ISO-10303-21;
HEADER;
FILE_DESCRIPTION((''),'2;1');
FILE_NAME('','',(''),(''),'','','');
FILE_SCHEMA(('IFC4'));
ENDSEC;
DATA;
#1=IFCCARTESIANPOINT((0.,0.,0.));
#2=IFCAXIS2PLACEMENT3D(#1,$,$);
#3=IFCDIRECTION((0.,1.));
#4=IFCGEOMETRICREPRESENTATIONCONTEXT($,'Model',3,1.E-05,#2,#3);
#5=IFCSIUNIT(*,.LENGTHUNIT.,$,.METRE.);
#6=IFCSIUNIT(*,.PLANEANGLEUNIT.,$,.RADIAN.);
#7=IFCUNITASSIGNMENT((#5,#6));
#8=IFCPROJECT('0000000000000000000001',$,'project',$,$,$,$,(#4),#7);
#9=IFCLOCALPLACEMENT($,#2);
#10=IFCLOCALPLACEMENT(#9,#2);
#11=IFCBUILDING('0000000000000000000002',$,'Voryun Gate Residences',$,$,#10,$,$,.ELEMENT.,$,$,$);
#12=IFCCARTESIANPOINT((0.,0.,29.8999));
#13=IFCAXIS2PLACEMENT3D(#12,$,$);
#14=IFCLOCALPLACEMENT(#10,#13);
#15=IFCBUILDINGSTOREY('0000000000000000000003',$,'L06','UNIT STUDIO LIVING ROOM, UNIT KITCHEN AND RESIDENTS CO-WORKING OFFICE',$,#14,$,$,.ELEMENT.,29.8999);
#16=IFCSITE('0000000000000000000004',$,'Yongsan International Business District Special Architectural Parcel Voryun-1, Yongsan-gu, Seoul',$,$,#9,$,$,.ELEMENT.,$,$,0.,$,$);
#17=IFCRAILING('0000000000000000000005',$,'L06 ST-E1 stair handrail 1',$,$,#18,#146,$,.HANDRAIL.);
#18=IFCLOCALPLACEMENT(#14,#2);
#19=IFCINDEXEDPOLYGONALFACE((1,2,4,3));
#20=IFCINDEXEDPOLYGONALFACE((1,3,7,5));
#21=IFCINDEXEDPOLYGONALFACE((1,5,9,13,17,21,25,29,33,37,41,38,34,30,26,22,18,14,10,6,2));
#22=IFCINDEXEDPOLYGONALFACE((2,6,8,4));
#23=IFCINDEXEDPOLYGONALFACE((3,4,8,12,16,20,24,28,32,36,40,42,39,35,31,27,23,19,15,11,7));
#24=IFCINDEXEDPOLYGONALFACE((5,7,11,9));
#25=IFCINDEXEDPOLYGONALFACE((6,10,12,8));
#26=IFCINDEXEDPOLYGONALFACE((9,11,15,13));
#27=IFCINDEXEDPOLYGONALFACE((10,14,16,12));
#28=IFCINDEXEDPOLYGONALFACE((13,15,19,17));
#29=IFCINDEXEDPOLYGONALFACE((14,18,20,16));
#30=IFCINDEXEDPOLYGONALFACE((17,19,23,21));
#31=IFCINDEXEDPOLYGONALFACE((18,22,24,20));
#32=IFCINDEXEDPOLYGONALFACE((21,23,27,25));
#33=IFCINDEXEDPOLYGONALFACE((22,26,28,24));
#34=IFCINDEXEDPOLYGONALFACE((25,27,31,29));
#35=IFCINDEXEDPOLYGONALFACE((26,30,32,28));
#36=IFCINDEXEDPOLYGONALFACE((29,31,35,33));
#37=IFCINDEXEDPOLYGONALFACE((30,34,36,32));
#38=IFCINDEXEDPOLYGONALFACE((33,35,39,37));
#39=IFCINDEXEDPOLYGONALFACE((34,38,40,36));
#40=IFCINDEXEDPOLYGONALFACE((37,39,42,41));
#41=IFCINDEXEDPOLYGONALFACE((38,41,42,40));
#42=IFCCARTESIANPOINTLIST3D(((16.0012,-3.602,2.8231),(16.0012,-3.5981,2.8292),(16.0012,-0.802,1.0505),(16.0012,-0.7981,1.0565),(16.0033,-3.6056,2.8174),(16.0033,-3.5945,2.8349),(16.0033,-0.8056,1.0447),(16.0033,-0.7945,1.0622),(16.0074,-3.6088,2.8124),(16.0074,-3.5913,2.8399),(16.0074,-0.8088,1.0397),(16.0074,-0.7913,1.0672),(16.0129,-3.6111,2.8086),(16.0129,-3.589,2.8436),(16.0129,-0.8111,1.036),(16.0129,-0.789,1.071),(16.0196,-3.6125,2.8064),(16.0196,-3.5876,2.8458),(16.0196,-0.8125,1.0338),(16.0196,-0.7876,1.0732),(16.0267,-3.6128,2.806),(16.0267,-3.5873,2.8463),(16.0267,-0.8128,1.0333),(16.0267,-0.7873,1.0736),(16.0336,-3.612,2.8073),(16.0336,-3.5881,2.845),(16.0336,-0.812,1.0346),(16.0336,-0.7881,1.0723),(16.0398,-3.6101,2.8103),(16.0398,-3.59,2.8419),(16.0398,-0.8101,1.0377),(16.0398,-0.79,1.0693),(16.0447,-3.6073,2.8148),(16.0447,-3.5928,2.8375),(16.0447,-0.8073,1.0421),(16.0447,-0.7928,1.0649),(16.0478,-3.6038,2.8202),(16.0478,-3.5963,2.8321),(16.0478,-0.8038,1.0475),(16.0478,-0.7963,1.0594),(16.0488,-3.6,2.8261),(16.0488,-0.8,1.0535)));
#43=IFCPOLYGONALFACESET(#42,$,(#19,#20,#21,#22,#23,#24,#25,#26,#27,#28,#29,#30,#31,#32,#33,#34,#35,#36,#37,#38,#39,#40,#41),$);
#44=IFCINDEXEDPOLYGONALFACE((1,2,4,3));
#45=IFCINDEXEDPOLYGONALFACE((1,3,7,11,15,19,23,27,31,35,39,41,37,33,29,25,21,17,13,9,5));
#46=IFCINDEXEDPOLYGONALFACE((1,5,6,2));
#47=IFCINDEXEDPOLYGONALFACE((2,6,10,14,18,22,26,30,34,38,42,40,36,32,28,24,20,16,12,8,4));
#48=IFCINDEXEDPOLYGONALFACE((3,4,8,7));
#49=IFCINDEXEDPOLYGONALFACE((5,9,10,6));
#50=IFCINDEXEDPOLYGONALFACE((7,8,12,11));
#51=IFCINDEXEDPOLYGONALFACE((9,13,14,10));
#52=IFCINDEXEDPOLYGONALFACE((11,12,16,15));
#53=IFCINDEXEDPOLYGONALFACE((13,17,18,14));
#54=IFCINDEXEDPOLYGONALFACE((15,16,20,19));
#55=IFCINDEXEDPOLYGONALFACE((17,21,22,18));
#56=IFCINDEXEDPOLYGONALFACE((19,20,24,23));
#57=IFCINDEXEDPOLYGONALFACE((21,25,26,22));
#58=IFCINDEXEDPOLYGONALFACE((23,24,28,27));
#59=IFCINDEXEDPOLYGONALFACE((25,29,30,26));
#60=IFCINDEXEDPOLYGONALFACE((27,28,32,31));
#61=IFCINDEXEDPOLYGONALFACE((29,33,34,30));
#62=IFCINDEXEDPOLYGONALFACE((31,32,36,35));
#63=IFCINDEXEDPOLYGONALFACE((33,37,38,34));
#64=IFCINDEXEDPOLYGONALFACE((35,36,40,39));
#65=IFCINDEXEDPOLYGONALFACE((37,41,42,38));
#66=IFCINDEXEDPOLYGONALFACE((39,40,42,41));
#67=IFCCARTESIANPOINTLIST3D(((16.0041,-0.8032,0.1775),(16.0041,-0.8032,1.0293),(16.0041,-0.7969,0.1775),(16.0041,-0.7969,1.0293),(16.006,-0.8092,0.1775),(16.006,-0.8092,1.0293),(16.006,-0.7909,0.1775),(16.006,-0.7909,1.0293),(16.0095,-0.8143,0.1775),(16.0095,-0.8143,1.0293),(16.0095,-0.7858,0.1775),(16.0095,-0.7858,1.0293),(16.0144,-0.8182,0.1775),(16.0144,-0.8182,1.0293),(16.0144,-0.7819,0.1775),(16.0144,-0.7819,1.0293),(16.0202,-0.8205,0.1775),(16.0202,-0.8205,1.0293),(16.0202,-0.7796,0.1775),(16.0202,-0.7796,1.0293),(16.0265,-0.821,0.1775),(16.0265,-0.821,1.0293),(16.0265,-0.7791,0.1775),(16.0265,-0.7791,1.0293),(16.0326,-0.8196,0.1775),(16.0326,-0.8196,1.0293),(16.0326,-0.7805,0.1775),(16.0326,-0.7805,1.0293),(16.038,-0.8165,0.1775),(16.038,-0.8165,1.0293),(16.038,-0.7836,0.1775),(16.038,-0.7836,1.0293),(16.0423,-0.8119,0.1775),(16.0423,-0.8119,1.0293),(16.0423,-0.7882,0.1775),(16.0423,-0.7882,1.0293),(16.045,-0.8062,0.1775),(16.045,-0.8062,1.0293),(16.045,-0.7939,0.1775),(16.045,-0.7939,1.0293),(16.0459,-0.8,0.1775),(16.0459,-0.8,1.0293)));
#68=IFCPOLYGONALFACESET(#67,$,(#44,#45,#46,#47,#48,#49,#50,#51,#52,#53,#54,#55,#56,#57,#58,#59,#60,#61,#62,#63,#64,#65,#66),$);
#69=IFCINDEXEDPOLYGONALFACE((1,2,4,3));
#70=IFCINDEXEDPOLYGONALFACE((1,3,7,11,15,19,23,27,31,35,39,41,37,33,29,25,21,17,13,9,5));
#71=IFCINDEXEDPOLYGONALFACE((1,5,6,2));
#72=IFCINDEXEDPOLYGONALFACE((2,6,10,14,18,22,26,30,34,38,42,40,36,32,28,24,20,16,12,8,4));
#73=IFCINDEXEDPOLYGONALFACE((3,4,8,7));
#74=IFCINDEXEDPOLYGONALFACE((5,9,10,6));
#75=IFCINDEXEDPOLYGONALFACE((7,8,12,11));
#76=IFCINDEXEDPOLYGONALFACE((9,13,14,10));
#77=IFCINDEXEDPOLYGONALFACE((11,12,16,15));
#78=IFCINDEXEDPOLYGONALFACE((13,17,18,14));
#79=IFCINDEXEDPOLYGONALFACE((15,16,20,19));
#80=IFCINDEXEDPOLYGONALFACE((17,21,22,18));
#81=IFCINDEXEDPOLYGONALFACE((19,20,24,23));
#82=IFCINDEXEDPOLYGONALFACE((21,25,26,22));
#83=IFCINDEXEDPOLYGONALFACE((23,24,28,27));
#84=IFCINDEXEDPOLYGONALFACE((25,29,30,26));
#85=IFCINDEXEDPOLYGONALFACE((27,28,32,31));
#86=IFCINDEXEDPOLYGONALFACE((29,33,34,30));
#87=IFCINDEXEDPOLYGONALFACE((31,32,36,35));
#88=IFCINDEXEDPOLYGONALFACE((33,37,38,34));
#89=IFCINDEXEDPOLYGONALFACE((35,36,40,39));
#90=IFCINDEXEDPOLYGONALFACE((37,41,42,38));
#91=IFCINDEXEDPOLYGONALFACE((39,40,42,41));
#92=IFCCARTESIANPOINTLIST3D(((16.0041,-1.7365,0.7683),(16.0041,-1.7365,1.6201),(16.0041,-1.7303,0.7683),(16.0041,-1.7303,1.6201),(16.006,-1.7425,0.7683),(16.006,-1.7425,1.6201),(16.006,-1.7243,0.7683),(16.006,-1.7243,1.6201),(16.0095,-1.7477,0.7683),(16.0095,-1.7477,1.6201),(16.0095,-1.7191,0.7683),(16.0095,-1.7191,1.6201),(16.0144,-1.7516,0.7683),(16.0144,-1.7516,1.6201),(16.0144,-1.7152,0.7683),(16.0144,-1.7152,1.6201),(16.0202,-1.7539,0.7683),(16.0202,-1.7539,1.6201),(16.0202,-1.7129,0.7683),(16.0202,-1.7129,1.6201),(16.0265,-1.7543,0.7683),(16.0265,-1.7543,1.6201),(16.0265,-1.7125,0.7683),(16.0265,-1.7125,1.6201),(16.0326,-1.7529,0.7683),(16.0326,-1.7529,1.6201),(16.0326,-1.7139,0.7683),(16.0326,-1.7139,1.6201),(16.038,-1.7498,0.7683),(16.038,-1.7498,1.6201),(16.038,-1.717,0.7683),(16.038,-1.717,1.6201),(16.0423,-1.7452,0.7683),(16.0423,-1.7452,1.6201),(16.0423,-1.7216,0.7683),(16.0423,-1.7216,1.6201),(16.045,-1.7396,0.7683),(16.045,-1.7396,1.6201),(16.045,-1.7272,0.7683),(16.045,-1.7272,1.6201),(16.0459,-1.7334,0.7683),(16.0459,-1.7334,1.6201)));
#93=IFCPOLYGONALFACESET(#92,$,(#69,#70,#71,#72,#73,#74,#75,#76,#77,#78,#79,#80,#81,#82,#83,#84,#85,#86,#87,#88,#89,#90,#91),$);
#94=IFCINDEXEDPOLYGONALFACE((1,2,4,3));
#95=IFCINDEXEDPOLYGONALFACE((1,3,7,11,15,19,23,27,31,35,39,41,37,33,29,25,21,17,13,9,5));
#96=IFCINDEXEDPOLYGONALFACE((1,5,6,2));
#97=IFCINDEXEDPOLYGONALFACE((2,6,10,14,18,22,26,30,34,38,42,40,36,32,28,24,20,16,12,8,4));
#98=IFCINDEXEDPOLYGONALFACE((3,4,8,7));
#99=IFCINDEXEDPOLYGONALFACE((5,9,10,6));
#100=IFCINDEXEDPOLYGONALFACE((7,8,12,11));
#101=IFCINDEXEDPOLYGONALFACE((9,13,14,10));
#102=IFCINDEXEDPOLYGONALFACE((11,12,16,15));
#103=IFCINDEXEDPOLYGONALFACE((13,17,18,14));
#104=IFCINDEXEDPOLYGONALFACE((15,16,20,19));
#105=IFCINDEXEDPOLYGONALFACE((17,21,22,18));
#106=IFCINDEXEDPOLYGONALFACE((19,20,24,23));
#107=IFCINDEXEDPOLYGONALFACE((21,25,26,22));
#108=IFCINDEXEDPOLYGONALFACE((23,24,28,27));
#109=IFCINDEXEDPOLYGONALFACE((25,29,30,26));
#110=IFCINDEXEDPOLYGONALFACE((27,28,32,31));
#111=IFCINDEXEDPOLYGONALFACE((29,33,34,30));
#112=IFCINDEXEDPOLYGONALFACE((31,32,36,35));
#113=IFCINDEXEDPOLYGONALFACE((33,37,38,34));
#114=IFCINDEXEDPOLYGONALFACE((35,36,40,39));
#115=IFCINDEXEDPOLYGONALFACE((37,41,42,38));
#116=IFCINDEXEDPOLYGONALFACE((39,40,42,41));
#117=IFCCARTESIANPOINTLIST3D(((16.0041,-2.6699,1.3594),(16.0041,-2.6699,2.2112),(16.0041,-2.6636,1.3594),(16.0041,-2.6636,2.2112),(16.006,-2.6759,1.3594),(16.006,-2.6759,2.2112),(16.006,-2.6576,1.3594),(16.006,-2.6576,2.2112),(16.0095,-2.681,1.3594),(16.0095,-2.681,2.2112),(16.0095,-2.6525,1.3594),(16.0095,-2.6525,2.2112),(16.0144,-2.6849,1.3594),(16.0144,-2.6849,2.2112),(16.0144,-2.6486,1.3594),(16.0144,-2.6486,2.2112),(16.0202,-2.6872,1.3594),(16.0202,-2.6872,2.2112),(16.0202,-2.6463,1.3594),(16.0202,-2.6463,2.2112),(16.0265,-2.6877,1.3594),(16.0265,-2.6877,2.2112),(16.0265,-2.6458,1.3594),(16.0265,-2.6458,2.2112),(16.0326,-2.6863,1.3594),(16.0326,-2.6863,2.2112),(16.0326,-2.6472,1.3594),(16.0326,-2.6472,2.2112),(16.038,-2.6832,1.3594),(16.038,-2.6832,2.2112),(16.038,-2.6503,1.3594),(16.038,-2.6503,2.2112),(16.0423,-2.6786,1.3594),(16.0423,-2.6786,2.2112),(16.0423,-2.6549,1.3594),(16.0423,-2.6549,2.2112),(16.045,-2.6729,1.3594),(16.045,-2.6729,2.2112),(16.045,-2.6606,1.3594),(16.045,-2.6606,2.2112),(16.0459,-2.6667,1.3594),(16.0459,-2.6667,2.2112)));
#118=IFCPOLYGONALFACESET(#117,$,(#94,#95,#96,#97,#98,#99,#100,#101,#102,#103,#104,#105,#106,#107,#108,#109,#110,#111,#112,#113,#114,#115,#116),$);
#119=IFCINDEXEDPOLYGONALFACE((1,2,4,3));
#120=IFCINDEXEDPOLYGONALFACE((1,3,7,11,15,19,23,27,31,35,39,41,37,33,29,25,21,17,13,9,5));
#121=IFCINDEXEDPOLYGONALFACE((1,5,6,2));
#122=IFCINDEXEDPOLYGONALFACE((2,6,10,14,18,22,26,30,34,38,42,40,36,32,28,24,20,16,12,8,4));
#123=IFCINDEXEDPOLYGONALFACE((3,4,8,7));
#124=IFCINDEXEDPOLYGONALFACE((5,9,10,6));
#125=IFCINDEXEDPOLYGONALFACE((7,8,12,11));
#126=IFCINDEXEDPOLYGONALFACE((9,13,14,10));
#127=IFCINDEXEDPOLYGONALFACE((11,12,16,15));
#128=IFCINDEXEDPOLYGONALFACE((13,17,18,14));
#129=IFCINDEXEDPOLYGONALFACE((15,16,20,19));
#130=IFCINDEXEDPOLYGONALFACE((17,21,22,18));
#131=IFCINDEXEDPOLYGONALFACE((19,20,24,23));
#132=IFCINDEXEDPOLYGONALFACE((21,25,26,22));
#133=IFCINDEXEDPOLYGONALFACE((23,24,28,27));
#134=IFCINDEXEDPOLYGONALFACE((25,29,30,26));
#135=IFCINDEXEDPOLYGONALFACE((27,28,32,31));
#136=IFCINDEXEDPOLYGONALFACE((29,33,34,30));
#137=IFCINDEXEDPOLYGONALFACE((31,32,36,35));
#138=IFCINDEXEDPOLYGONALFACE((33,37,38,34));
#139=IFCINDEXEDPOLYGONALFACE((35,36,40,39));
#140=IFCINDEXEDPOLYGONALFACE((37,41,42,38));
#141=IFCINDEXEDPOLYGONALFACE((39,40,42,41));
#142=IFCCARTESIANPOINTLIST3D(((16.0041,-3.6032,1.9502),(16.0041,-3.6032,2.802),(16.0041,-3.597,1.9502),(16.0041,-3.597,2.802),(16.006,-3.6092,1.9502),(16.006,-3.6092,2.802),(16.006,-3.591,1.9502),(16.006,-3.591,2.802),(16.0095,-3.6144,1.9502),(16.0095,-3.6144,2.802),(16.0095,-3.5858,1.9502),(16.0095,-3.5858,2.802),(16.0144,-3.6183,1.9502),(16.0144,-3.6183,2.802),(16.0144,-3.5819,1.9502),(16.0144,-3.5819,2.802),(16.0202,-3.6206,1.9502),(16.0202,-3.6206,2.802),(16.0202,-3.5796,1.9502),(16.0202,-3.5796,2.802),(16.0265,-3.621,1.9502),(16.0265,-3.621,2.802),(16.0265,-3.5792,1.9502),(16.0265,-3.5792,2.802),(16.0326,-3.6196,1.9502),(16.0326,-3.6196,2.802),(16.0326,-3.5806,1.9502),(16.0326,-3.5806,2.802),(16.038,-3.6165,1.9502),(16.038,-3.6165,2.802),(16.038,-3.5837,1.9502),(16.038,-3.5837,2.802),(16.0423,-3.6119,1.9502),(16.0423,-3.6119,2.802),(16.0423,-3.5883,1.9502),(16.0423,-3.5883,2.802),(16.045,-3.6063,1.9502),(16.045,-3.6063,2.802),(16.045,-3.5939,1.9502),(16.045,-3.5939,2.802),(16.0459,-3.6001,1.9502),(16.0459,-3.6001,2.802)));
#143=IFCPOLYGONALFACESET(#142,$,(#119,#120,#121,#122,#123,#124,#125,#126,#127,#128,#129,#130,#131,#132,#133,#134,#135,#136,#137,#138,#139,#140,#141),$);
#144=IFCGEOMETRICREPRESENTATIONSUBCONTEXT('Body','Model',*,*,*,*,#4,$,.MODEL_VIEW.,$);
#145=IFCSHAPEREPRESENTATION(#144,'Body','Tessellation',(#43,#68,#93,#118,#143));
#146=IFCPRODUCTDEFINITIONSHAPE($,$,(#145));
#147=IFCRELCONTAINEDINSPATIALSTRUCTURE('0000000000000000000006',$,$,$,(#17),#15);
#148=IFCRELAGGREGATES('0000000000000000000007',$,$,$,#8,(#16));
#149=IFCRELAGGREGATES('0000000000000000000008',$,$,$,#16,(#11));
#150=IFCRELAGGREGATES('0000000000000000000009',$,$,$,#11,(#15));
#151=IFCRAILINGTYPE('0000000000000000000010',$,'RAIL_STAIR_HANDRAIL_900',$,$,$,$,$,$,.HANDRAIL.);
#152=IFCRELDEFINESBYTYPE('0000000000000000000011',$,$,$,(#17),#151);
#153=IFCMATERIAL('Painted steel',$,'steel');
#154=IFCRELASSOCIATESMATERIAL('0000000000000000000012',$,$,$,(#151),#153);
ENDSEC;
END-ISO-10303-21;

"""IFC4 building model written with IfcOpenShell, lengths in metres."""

from ifc_helpers import new_model, si_unit, direction, frame, origin, origin_2d, place, context, subcontext, project, spatial, circle, extrude, material, type_object, element, save


model = new_model("IFC4")

# Units and contexts
model_context = context("Model", 3, precision=1e-05, world=origin(), true_north=direction((0.0, 1.0)))
body_context = subcontext(model_context, "Body", "Model", "MODEL_VIEW")
ifc_project = project(units=[si_unit("LENGTHUNIT", "METRE"), si_unit("PLANEANGLEUNIT", "RADIAN")], contexts=[model_context])

# Site, building, storey
site_placement = place(None, origin())
site = spatial("IfcSite", under=ifc_project, at=site_placement, Name="Yongsan International Business District Special Architectural Parcel Voryun-1, Yongsan-gu, Seoul", CompositionType="ELEMENT", RefElevation=0.0)
building_placement = place(site_placement, origin())
building = spatial("IfcBuilding", under=site, at=building_placement, Name="Voryun Gate Residences", CompositionType="ELEMENT")
storey_placement = place(building_placement, frame((0.0, 0.0, 29.8999)))
storey = spatial("IfcBuildingStorey", under=building, at=storey_placement, Name="L06", Description="UNIT STUDIO LIVING ROOM, UNIT KITCHEN AND RESIDENTS CO-WORKING OFFICE", CompositionType="ELEMENT", Elevation=29.8999)

# Railing
ifc_material_1 = material(Name="Painted steel", Category="steel")
railing_type_1 = type_object("IfcRailingType", Name="RAIL_STAIR_HANDRAIL_900", PredefinedType="HANDRAIL", material=ifc_material_1)
railing_1_placement = place(storey_placement, frame((16.0249, -0.8, 0.1775)))
element("IfcRailing", 1, at=railing_1_placement, inside=storey, type_object=railing_type_1, Name="L06 ST-E1 stair handrail 1", PredefinedType="HANDRAIL", context=body_context, shape_type="SweptSolid", body=[
    extrude(circle(Radius=0.0239, at=origin_2d()), frame((0.0, 0.0, 0.876), z_axis=(0.0, -0.844909, 0.53491), x_axis=(1.0, 0.0, 0.0)), (0.0, 0.0, 1.0), 3.314),
    extrude(circle(Radius=0.021, at=origin_2d()), origin(), (0.0, 0.0, 1.0), 0.8518),
    extrude(circle(Radius=0.021, at=origin_2d()), frame((0.0, -0.9333, 0.5908)), (0.0, 0.0, 1.0), 0.8518),
    extrude(circle(Radius=0.021, at=origin_2d()), frame((0.0, -1.8667, 1.1819)), (0.0, 0.0, 1.0), 0.8518),
    extrude(circle(Radius=0.021, at=origin_2d()), frame((0.0, -2.8, 1.7727)), (0.0, 0.0, 1.0), 0.8518),
])

save(model, "model.ifc")
